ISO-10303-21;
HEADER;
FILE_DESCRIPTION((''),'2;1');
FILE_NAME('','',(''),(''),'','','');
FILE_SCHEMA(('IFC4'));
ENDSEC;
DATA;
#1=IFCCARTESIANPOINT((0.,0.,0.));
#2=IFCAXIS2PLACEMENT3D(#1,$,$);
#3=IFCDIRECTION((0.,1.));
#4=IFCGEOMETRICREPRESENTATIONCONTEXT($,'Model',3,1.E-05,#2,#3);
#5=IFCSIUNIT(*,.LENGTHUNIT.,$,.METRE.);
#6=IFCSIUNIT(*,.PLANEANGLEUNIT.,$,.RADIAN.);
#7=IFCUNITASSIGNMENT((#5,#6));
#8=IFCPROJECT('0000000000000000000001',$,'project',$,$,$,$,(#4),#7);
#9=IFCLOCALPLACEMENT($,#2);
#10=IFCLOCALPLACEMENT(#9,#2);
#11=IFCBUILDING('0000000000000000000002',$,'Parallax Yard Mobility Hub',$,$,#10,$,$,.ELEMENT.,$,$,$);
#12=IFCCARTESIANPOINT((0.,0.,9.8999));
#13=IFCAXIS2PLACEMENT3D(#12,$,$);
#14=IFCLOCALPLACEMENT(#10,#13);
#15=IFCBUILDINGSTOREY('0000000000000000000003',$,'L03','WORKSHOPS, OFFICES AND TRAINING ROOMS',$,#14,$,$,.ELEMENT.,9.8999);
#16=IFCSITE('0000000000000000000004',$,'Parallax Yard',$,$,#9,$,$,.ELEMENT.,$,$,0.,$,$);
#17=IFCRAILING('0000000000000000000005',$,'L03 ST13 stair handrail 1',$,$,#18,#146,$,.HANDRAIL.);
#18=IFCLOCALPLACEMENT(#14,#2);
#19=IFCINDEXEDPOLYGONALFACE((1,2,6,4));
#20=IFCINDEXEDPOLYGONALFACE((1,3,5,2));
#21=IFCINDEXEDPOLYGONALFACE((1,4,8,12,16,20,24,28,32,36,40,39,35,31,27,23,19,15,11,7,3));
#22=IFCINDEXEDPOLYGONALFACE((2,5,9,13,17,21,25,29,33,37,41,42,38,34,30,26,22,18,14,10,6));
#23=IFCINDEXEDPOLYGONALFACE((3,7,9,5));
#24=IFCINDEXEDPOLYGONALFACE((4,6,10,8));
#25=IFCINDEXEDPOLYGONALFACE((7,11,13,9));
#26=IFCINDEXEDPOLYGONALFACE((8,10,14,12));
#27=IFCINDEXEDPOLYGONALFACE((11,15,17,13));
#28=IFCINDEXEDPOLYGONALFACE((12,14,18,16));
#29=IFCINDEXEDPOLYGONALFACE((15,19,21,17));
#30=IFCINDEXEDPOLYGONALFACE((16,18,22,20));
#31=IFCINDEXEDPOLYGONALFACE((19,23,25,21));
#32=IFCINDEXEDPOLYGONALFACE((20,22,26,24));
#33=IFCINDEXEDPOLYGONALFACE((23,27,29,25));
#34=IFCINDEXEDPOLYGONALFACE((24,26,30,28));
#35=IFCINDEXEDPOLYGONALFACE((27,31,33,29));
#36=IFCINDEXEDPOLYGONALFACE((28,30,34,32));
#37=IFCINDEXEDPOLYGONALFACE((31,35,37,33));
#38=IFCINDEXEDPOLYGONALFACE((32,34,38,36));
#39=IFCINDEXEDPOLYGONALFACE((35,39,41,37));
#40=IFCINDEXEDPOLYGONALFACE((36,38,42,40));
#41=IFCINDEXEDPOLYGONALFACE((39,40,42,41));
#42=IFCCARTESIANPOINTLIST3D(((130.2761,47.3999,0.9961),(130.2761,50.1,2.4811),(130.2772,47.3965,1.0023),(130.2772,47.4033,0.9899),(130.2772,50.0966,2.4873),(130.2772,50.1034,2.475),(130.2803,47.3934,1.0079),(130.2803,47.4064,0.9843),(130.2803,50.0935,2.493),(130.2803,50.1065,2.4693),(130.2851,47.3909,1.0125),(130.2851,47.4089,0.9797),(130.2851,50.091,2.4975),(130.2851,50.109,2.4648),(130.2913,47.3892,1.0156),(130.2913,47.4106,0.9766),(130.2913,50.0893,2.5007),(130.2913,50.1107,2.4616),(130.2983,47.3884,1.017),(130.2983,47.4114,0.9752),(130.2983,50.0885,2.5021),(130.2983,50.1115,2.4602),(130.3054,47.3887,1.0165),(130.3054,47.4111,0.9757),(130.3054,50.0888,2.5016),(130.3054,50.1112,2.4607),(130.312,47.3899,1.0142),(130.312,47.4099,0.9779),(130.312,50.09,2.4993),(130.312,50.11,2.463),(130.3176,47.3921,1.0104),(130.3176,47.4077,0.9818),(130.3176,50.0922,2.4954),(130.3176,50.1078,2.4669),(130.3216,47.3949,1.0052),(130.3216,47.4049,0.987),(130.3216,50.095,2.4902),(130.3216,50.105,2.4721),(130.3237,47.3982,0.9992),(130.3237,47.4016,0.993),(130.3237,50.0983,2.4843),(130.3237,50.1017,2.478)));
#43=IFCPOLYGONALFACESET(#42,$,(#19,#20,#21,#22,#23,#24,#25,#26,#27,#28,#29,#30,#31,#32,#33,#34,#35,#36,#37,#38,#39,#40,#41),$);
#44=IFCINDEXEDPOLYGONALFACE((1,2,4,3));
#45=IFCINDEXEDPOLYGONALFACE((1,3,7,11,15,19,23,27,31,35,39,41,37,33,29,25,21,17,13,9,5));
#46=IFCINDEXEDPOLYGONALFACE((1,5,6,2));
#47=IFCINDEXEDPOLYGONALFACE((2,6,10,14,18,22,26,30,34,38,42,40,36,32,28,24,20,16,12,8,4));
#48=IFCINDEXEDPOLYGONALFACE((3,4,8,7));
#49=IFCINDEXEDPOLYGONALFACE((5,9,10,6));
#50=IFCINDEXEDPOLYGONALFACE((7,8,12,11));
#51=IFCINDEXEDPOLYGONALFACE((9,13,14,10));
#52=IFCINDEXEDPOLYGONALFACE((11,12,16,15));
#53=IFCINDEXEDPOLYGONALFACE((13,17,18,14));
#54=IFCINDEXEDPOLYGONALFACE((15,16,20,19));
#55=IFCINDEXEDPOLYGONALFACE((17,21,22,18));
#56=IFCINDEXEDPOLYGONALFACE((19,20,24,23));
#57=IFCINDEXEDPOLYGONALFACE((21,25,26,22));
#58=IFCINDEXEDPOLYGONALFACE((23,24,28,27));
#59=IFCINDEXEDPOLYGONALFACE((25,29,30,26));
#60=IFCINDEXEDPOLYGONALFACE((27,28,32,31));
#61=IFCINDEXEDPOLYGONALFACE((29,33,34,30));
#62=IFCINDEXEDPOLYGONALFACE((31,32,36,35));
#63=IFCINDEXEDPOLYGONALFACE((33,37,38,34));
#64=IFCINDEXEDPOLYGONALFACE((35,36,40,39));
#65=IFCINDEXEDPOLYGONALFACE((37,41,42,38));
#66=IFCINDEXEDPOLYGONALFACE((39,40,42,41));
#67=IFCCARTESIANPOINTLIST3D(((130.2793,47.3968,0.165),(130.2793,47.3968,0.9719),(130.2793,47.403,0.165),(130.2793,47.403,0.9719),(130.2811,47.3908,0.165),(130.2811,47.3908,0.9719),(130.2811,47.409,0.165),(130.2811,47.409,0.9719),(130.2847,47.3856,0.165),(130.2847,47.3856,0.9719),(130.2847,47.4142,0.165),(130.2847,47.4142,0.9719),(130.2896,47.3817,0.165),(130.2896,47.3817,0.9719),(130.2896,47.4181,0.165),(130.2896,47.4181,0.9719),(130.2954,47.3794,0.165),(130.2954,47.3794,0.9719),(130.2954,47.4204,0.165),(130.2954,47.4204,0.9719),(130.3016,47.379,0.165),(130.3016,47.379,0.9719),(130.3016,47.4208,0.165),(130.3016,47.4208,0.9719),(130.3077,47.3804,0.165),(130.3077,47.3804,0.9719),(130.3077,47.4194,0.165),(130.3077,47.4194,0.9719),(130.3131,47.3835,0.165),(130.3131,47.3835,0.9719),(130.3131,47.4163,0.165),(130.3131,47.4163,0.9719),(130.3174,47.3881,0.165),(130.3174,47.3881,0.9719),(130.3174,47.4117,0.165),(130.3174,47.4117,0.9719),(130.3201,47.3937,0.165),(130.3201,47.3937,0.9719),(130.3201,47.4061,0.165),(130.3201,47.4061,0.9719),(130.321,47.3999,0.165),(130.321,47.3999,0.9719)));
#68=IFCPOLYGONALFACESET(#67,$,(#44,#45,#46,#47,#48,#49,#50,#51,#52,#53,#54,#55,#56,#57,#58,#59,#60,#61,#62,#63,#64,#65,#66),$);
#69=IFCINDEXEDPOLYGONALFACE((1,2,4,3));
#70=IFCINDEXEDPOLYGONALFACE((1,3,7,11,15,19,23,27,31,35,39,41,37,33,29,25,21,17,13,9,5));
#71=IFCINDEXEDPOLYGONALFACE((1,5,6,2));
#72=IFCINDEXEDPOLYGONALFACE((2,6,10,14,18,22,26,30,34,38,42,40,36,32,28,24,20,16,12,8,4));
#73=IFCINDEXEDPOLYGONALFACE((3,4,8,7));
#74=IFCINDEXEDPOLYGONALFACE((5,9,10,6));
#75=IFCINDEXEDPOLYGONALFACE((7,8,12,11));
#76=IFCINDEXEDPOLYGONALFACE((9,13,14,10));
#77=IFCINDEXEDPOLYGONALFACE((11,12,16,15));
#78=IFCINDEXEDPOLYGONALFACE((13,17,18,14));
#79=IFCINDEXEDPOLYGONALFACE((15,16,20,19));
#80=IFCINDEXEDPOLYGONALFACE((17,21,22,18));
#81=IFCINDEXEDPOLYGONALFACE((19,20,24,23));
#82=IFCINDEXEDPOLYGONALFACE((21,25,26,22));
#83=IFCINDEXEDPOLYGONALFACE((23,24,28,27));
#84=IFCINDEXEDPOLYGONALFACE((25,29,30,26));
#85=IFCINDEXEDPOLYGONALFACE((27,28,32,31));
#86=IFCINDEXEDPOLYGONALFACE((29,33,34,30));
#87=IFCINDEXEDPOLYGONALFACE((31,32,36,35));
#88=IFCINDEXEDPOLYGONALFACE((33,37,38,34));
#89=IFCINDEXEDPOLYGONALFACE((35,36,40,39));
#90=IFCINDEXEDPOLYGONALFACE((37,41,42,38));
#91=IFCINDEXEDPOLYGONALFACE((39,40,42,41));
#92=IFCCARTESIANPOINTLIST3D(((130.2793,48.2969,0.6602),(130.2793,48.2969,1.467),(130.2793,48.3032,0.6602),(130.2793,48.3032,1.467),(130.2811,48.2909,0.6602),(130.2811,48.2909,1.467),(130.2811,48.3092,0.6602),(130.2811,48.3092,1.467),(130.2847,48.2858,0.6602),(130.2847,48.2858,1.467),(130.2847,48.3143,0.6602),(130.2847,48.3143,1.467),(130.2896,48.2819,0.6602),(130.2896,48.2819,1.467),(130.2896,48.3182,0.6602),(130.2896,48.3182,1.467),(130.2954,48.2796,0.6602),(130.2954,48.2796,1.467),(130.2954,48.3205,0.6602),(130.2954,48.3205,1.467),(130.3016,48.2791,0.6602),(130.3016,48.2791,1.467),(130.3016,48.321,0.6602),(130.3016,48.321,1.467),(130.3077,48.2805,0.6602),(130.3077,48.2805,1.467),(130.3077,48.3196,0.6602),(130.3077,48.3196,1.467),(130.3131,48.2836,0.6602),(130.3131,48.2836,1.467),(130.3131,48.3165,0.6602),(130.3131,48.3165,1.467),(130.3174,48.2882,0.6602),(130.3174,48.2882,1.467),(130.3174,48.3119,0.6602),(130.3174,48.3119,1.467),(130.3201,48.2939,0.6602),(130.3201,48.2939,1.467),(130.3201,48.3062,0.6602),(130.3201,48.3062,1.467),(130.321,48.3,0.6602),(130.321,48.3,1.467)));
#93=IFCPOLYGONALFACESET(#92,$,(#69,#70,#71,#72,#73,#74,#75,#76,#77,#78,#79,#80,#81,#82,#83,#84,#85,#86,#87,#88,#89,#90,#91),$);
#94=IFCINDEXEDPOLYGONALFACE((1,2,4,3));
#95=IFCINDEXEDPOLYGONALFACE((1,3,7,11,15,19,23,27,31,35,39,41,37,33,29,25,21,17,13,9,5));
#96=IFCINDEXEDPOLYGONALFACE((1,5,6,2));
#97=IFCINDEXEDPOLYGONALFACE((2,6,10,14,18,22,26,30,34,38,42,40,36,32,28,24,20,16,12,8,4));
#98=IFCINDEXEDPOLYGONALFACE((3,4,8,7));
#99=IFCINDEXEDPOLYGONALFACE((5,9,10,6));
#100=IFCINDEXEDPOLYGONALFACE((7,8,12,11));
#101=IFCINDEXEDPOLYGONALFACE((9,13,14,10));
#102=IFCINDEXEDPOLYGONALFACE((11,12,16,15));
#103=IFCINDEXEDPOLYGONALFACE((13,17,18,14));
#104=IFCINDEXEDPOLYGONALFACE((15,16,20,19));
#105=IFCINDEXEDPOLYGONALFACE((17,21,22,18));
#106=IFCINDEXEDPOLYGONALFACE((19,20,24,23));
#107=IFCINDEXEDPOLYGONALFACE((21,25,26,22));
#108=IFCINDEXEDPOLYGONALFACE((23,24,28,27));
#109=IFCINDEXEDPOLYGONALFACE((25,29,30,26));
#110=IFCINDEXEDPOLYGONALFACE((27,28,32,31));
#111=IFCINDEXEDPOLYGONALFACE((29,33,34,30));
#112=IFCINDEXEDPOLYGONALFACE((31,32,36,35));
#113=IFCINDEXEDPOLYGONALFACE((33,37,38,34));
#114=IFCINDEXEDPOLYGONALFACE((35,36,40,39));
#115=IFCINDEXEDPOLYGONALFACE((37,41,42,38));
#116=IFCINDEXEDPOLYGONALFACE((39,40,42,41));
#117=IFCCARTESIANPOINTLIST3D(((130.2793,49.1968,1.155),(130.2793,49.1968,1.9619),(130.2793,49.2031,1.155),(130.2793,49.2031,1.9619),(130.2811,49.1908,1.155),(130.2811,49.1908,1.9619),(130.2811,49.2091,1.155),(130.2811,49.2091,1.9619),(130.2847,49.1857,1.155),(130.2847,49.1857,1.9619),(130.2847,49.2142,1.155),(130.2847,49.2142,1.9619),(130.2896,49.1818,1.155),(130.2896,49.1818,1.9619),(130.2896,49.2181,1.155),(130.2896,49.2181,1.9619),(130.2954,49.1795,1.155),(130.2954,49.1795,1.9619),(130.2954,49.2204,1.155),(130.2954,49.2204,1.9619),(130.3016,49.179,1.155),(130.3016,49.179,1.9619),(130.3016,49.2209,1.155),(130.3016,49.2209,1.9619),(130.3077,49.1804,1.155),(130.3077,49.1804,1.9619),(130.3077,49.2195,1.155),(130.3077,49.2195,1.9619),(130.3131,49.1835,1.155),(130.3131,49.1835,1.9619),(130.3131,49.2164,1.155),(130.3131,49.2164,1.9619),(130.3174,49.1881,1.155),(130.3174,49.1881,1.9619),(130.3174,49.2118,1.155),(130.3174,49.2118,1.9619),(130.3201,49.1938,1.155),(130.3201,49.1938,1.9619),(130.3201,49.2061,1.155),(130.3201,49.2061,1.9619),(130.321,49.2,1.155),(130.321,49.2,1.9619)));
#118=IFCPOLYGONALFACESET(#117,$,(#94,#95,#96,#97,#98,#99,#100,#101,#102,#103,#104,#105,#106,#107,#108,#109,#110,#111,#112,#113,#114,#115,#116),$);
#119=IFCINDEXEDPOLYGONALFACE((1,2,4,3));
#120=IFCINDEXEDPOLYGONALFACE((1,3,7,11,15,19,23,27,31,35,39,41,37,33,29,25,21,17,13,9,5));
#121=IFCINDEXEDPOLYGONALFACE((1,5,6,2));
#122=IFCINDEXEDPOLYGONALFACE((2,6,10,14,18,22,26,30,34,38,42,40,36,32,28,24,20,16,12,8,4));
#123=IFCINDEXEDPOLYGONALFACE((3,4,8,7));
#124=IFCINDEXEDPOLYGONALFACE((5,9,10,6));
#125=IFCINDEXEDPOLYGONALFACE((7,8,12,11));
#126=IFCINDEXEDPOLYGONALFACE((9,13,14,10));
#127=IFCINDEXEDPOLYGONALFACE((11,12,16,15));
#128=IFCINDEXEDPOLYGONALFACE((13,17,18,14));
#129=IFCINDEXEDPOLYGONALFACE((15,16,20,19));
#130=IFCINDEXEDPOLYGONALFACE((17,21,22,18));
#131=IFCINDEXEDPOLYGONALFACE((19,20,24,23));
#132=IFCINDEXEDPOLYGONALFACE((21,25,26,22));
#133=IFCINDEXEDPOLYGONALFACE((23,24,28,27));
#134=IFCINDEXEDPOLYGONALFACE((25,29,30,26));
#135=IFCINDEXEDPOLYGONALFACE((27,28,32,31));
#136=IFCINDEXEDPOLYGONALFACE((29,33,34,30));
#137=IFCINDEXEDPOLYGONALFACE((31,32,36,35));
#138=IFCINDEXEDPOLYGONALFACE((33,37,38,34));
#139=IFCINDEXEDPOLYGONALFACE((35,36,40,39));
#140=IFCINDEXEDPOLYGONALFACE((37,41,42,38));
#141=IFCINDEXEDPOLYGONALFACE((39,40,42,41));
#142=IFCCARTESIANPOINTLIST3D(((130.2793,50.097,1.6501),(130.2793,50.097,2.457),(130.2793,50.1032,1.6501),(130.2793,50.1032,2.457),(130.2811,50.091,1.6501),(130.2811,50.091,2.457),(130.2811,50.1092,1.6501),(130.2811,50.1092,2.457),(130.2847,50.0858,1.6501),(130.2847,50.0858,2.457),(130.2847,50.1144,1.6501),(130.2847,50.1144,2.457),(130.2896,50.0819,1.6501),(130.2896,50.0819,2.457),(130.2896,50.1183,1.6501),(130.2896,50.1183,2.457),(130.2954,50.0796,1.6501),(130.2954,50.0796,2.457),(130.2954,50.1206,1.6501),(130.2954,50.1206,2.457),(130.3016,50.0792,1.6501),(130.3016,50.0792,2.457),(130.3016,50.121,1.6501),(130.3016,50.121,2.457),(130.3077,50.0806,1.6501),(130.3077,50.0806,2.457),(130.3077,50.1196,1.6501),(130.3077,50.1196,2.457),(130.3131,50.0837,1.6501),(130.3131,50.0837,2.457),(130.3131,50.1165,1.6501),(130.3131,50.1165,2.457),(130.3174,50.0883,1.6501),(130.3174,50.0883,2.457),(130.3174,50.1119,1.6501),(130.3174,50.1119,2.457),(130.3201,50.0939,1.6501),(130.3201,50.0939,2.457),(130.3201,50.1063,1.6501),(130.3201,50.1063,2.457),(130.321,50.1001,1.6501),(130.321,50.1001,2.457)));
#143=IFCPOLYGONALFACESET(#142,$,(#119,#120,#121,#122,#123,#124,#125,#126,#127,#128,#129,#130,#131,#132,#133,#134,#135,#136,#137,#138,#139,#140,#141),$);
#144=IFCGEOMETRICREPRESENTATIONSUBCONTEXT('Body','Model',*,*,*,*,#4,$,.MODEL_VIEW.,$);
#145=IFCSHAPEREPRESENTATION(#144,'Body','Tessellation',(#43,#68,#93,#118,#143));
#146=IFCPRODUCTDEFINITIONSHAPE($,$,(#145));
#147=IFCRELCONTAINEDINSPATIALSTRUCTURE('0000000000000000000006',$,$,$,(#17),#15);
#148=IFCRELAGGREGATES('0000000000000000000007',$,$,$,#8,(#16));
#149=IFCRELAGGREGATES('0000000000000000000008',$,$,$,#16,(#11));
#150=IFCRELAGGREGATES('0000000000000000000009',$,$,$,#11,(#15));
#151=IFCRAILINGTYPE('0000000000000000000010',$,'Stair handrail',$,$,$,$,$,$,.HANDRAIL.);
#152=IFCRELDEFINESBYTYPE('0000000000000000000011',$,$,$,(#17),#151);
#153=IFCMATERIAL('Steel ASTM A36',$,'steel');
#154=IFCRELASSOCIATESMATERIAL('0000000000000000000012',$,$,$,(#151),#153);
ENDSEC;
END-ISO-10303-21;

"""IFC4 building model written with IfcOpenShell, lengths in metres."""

from ifc_helpers import new_model, si_unit, direction, frame, origin, origin_2d, place, context, subcontext, project, spatial, circle, extrude, material, type_object, element, save


model = new_model("IFC4")

# Units and contexts
model_context = context("Model", 3, precision=1e-05, world=origin(), true_north=direction((0.0, 1.0)))
body_context = subcontext(model_context, "Body", "Model", "MODEL_VIEW")
ifc_project = project(units=[si_unit("LENGTHUNIT", "METRE"), si_unit("PLANEANGLEUNIT", "RADIAN")], contexts=[model_context])

# Site, building, storey
site_placement = place(None, origin())
site = spatial("IfcSite", under=ifc_project, at=site_placement, Name="Parallax Yard", CompositionType="ELEMENT", RefElevation=0.0)
building_placement = place(site_placement, origin())
building = spatial("IfcBuilding", under=site, at=building_placement, Name="Parallax Yard Mobility Hub", CompositionType="ELEMENT")
storey_placement = place(building_placement, frame((0.0, 0.0, 9.8999)))
storey = spatial("IfcBuildingStorey", under=building, at=storey_placement, Name="L03", Description="WORKSHOPS, OFFICES AND TRAINING ROOMS", CompositionType="ELEMENT", Elevation=9.8999)

# Railing
ifc_material_1 = material(Name="Steel ASTM A36", Category="steel")
railing_type_1 = type_object("IfcRailingType", Name="Stair handrail", PredefinedType="HANDRAIL", material=ifc_material_1)
for number, where, name in (
    (1, (130.3, 47.3999, 0.165), "L03 ST13 stair handrail 1"),
):
    element("IfcRailing", number, at=place(storey_placement, frame(where)), inside=storey, type_object=railing_type_1, Name=name, PredefinedType="HANDRAIL", context=body_context, shape_type="SweptSolid", body=[
        extrude(circle(Radius=0.0239, at=origin_2d()), frame((0.0, 0.0, 0.8311), z_axis=(0.0, 0.876216, 0.481919), x_axis=(-1.0, 0.0, 0.0)), (0.0, 0.0, 1.0), 3.0815),
        extrude(circle(Radius=0.021, at=origin_2d()), origin(), (0.0, 0.0, 1.0), 0.8069),
        extrude(circle(Radius=0.021, at=origin_2d()), frame((0.0, 0.9001, 0.4951)), (0.0, 0.0, 1.0), 0.8069),
        extrude(circle(Radius=0.021, at=origin_2d()), frame((0.0, 1.8, 0.99)), (0.0, 0.0, 1.0), 0.8069),
        extrude(circle(Radius=0.021, at=origin_2d()), frame((0.0, 2.7002, 1.4851)), (0.0, 0.0, 1.0), 0.8069),
    ])

save(model, "model.ifc")
